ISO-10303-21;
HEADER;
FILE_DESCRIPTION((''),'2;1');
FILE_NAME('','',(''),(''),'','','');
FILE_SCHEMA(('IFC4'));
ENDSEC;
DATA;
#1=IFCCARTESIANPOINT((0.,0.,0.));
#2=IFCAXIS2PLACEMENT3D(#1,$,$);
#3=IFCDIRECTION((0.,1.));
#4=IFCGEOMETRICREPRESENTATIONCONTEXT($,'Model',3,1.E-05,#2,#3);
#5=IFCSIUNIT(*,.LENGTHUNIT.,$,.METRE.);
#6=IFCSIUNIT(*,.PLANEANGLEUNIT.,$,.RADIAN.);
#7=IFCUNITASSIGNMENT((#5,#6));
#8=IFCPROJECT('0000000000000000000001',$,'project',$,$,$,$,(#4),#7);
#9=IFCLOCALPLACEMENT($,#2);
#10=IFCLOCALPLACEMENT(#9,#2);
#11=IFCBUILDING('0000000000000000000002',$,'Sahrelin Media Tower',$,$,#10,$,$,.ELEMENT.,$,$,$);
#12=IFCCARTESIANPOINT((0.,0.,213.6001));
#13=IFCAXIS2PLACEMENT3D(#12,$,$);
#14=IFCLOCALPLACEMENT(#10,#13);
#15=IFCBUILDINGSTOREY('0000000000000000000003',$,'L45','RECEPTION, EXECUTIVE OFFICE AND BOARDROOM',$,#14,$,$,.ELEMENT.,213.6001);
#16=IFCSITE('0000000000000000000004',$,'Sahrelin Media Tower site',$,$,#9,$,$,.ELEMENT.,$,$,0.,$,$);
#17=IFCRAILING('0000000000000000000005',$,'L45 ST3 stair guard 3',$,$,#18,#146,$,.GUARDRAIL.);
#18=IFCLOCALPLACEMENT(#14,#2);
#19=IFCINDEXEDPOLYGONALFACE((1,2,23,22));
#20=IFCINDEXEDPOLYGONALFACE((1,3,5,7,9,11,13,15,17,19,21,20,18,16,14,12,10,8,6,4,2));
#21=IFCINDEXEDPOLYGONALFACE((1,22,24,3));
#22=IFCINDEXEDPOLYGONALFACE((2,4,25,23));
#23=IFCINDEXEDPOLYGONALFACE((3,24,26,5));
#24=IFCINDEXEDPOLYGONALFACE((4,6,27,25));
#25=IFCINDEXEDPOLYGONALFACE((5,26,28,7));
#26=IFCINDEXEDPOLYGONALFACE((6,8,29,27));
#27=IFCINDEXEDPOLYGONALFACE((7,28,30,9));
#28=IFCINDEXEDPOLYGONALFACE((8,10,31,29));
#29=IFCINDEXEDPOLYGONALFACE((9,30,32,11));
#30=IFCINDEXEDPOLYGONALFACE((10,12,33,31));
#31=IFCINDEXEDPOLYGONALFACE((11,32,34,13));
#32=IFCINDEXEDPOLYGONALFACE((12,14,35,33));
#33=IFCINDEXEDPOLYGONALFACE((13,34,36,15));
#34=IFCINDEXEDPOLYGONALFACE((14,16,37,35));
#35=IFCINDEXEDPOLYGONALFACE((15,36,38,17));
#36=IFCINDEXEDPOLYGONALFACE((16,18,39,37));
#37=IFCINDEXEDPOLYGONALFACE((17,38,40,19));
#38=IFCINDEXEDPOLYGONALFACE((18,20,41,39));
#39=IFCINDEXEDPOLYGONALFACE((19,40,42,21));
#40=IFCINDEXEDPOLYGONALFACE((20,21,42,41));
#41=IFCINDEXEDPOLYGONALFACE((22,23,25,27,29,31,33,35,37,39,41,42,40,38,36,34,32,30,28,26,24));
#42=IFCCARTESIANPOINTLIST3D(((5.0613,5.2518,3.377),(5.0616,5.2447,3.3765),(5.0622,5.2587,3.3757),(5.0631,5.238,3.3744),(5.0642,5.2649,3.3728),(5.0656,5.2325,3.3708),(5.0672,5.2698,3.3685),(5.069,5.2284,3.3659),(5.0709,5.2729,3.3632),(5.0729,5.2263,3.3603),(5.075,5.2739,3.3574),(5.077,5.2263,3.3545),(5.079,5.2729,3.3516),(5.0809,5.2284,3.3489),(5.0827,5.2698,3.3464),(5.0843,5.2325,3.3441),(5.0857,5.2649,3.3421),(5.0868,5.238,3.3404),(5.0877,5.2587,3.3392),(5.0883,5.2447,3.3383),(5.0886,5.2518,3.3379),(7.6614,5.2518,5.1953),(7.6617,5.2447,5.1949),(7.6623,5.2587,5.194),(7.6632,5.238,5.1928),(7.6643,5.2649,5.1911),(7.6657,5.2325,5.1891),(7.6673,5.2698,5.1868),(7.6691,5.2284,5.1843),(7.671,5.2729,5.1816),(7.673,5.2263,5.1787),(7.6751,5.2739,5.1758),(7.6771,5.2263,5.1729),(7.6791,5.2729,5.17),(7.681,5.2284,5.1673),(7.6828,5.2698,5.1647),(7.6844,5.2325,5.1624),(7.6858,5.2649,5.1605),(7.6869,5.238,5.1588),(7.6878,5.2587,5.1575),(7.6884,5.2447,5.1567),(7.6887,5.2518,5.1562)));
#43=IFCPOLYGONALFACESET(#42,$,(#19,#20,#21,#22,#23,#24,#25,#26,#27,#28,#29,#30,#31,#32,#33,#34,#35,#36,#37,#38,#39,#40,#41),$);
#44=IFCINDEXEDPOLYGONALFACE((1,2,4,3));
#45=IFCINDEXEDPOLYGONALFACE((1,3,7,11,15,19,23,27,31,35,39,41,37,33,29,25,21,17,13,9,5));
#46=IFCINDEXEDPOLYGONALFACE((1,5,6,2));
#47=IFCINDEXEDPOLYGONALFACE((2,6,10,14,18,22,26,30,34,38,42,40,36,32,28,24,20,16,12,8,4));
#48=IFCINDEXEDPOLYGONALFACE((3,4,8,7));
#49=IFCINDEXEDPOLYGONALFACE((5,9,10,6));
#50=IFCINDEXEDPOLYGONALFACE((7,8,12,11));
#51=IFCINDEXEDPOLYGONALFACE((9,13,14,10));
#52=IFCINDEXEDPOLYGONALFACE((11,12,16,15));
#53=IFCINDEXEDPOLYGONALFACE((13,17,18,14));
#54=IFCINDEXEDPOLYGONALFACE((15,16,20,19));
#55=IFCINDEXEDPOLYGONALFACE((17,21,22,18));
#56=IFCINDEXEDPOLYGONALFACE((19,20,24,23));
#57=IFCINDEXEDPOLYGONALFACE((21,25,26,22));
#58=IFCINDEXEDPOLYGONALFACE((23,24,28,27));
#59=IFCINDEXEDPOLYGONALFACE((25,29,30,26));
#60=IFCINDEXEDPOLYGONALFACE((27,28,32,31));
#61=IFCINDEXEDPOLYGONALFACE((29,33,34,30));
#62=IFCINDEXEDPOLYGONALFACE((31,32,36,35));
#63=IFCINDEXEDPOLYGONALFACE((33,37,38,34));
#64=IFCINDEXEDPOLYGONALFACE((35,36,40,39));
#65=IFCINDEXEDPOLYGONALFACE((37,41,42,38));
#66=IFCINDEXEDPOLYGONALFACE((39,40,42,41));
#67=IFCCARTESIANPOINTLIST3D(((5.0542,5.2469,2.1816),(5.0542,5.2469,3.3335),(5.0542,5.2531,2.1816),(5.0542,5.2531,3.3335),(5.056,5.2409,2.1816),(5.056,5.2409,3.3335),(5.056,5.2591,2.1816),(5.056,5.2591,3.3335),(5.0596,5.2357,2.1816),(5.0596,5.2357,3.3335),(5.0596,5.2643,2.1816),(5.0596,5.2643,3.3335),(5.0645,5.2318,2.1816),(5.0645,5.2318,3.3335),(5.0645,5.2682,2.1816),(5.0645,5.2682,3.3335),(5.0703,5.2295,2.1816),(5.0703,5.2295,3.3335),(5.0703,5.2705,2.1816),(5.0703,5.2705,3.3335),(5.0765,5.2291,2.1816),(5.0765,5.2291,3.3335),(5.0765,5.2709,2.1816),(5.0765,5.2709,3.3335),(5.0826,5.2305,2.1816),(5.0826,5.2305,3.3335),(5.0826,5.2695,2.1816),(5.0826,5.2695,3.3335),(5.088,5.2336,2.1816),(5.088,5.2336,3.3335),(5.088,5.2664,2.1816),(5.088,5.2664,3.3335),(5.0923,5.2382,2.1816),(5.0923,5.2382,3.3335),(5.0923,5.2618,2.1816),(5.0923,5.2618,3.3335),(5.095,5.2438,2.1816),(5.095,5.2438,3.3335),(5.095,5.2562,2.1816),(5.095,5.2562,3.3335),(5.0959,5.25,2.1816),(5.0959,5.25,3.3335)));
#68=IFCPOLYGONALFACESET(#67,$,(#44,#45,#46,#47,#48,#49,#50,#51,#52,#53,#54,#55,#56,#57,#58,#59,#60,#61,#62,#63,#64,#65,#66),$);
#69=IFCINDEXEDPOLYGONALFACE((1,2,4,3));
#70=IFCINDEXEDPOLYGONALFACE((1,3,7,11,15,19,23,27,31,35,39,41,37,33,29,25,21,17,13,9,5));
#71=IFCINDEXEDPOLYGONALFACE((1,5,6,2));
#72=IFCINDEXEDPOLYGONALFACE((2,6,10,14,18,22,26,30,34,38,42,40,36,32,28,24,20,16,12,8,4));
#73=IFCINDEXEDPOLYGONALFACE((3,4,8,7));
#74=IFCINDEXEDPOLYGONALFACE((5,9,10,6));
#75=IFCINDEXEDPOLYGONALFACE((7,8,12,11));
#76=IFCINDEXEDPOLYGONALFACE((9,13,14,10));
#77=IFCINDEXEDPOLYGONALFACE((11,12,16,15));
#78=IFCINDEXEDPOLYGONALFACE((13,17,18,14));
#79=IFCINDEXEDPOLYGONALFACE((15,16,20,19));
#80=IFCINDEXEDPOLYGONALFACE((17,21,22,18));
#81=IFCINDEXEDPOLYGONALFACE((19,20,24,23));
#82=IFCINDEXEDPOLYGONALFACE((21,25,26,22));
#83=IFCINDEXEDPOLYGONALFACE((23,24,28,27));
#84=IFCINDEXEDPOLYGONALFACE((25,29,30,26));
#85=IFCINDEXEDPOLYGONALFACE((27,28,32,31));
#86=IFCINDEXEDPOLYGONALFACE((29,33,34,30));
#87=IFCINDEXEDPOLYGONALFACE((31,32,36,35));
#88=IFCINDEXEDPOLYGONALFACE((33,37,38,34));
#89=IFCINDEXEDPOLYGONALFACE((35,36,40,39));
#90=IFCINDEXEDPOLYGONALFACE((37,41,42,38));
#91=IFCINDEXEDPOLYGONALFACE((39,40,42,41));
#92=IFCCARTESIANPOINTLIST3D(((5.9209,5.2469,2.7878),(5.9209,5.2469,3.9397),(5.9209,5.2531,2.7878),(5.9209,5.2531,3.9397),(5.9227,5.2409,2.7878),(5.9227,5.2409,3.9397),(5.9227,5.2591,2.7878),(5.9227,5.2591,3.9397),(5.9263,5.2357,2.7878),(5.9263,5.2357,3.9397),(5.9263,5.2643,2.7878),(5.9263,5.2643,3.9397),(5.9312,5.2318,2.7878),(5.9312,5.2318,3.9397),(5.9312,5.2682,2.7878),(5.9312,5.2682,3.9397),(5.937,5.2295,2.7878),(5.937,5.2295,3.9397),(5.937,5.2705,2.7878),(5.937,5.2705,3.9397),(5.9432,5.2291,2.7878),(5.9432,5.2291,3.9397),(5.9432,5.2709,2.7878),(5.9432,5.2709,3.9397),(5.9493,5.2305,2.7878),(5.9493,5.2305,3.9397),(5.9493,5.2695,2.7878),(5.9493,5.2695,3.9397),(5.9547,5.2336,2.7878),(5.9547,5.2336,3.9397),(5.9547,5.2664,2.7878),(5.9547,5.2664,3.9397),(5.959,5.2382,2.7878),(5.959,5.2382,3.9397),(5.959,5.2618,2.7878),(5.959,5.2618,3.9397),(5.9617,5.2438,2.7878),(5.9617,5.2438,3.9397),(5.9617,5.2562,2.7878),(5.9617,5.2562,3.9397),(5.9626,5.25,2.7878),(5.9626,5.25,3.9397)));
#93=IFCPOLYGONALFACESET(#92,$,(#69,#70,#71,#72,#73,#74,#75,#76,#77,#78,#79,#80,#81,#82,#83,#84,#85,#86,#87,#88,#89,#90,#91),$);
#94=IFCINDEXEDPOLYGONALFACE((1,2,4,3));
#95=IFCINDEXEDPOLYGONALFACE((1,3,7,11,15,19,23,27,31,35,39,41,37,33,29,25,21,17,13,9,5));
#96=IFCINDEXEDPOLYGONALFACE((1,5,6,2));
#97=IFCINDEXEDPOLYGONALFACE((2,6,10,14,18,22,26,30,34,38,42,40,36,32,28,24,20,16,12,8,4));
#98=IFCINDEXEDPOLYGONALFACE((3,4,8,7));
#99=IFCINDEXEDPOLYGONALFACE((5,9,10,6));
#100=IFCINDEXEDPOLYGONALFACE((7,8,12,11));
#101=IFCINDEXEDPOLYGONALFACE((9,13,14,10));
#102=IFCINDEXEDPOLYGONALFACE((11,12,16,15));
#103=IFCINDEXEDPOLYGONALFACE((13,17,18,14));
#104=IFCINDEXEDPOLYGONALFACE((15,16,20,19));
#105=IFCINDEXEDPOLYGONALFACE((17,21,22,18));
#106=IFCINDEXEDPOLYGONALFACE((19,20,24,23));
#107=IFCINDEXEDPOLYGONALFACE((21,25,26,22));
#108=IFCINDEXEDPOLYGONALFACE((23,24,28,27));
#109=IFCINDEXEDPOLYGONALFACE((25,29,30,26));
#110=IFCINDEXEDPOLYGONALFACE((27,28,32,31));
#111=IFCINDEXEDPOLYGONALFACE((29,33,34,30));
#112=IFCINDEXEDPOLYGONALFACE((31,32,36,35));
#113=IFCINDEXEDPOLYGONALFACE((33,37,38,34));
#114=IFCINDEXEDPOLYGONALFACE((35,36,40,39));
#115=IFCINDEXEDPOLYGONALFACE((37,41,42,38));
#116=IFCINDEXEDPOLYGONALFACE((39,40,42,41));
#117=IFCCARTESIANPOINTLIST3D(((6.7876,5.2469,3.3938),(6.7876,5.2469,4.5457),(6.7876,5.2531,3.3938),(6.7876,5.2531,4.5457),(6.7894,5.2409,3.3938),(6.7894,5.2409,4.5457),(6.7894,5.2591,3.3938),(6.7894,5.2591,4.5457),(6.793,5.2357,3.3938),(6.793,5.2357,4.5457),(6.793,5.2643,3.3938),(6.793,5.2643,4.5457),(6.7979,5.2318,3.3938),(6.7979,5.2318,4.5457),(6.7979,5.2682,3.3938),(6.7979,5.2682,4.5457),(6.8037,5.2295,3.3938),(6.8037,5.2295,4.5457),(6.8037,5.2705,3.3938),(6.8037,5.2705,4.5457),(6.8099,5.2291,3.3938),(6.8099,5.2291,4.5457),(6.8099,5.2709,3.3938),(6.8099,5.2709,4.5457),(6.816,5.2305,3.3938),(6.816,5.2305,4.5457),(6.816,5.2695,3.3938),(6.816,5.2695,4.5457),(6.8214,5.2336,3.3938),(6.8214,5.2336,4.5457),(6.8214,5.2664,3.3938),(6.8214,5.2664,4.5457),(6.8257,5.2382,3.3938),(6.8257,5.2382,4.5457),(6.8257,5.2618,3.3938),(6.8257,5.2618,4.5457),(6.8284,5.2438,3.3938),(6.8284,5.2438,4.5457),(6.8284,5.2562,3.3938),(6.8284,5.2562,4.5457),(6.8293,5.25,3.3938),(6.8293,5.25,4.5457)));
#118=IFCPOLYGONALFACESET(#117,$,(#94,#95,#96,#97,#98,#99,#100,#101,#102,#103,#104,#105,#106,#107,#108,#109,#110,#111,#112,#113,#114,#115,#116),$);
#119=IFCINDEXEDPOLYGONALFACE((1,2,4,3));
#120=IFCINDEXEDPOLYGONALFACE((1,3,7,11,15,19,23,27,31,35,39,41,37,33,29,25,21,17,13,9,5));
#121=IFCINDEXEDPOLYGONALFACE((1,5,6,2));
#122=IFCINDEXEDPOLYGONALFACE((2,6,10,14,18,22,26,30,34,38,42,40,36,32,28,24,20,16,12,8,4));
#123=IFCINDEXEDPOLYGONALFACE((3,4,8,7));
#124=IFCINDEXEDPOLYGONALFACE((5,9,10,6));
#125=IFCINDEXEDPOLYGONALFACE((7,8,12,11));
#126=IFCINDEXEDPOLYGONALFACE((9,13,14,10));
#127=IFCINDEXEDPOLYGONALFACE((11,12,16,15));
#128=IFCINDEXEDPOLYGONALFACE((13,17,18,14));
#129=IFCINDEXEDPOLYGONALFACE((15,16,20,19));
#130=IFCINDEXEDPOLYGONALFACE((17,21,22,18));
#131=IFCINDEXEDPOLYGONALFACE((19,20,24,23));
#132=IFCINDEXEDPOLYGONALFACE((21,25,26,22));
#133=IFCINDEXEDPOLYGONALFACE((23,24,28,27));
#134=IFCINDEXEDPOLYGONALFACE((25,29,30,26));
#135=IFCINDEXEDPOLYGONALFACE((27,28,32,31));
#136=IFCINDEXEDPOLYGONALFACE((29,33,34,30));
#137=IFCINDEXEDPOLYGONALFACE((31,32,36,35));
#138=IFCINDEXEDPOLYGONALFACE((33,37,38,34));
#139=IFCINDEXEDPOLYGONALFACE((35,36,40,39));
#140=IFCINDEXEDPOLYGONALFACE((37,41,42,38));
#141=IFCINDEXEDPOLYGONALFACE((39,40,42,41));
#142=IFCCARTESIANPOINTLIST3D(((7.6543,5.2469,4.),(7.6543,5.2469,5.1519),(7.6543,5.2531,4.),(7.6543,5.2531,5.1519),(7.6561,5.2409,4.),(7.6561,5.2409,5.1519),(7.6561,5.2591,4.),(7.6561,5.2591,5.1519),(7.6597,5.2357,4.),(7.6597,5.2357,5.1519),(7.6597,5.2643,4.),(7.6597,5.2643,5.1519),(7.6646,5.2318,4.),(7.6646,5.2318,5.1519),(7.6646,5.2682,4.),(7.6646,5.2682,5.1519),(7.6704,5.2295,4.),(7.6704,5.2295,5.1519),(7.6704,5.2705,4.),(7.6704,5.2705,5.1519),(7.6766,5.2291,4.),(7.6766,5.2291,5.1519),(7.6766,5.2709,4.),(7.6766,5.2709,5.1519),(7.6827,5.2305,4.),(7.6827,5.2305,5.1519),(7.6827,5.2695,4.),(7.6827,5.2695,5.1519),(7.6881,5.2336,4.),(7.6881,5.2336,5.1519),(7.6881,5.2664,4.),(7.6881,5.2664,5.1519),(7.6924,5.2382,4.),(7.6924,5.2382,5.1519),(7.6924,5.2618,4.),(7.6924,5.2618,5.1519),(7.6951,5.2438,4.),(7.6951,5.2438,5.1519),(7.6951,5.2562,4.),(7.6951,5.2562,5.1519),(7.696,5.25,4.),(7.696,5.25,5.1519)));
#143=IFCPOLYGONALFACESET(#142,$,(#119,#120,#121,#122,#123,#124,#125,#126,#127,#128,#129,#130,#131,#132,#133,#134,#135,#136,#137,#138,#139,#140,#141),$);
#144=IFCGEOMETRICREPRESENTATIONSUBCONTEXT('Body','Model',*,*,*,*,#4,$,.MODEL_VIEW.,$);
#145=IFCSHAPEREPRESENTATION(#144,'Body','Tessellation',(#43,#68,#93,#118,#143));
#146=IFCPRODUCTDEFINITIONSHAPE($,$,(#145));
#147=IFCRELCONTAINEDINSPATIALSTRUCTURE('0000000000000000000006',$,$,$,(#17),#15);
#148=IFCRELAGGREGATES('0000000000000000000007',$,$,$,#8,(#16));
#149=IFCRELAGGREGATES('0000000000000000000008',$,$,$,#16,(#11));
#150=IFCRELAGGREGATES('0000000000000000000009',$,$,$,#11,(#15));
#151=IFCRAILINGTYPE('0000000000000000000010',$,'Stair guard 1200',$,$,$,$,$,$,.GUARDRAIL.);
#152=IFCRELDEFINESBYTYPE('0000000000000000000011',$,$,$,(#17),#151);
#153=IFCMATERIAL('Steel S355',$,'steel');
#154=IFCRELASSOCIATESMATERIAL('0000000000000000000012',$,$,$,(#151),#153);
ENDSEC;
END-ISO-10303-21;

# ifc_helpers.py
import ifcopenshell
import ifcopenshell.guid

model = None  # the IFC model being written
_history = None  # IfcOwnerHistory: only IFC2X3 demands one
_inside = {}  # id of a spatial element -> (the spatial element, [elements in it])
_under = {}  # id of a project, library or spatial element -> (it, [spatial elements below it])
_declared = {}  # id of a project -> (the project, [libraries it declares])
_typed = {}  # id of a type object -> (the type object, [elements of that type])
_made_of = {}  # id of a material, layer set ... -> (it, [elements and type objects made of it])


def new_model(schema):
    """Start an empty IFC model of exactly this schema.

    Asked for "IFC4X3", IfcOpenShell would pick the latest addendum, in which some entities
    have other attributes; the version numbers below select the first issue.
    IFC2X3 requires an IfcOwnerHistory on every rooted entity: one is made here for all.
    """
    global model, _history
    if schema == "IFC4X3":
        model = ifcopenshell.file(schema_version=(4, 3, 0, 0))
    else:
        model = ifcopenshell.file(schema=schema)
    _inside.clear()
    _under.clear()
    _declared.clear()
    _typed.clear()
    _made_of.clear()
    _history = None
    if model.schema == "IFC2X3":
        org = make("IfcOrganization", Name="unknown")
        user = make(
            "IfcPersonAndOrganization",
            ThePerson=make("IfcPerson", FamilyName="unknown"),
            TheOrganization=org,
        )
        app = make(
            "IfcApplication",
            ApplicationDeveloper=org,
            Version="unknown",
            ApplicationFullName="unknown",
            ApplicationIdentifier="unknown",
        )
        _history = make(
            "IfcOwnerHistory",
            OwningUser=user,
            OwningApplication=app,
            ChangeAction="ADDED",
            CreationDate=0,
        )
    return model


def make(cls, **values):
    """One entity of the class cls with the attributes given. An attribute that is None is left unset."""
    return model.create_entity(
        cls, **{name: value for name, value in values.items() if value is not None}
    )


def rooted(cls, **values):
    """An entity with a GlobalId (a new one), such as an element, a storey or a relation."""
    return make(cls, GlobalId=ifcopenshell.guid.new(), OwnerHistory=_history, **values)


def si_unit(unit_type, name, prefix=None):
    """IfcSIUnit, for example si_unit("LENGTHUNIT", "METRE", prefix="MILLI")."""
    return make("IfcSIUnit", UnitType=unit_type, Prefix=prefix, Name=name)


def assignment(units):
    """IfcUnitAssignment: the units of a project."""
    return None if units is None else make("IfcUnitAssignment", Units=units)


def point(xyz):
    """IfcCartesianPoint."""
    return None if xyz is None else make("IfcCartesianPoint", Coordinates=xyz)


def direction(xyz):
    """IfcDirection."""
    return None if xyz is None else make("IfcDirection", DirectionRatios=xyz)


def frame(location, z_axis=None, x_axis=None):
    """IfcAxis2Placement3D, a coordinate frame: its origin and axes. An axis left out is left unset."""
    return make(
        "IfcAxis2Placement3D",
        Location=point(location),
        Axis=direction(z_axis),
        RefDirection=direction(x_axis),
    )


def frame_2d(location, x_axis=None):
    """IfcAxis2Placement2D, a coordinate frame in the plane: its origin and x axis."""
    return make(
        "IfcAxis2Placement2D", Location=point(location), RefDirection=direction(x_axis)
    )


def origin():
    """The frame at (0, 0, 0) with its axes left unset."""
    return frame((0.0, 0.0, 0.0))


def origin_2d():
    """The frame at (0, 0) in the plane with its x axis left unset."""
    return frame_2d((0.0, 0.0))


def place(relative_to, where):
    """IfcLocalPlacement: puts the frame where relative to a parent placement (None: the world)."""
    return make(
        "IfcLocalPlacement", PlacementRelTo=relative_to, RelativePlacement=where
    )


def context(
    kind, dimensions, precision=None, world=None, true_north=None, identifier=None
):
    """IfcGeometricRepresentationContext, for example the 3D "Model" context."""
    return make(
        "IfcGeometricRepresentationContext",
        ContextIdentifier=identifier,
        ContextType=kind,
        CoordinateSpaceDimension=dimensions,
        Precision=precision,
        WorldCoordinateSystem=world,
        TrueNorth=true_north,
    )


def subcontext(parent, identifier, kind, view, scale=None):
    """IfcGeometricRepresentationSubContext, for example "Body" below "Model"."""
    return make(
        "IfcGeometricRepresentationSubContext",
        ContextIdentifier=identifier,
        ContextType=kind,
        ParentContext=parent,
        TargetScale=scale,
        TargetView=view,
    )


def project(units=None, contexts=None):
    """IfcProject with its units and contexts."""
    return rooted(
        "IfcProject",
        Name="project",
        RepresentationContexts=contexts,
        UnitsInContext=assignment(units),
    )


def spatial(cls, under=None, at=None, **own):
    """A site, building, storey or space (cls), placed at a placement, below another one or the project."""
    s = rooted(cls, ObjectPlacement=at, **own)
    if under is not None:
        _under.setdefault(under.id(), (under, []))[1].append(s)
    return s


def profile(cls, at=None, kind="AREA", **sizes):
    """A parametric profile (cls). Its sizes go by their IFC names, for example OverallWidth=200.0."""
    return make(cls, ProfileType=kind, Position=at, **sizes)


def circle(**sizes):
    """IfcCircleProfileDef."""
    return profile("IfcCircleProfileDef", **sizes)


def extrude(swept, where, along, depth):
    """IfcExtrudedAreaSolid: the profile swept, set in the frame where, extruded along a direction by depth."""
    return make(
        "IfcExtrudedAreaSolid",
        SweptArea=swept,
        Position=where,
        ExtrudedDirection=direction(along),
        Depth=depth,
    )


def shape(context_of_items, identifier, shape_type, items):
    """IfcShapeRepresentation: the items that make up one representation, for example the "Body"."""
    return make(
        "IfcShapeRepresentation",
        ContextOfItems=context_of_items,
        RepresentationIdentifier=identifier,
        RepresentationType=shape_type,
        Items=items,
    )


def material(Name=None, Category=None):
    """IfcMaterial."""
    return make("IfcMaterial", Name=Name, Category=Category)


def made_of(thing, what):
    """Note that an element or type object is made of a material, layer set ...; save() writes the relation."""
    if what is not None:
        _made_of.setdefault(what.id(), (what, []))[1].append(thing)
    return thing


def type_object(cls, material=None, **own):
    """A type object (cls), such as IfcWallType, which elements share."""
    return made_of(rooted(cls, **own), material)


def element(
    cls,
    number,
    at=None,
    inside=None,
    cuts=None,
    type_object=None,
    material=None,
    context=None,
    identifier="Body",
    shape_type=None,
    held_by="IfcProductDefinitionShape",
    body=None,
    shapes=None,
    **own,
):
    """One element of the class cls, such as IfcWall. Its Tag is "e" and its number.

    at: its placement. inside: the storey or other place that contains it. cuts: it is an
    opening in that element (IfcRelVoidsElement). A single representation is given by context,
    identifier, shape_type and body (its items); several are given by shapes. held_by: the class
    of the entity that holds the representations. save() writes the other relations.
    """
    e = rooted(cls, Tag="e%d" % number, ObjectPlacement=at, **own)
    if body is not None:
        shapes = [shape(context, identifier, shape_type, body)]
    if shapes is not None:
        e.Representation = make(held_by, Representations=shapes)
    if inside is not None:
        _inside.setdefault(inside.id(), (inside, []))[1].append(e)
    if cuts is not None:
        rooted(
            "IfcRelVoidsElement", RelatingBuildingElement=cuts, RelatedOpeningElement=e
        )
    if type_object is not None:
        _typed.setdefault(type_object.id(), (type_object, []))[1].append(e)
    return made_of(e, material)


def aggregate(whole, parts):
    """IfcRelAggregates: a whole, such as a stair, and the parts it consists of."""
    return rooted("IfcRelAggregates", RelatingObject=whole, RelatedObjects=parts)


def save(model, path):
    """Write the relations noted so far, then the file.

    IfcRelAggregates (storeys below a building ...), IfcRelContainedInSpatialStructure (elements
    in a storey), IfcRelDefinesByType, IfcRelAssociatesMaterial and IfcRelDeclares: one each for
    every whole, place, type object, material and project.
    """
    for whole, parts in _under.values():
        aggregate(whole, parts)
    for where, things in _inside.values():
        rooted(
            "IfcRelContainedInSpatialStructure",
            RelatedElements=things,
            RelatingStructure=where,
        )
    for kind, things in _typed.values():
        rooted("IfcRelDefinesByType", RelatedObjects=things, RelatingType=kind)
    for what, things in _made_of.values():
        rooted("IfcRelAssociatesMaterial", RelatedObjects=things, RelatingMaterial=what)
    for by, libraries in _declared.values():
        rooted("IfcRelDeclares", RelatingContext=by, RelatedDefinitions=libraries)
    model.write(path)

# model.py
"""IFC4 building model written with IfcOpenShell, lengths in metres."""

from ifc_helpers import new_model, si_unit, direction, frame, origin, origin_2d, place, context, subcontext, project, spatial, circle, extrude, material, type_object, element, save


model = new_model("IFC4")

# Units and contexts
model_context = context("Model", 3, precision=1e-05, world=origin(), true_north=direction((0.0, 1.0)))
body_context = subcontext(model_context, "Body", "Model", "MODEL_VIEW")
ifc_project = project(units=[si_unit("LENGTHUNIT", "METRE"), si_unit("PLANEANGLEUNIT", "RADIAN")], contexts=[model_context])

# Site, building, storey
site_placement = place(None, origin())
site = spatial("IfcSite", under=ifc_project, at=site_placement, Name="Sahrelin Media Tower site", CompositionType="ELEMENT", RefElevation=0.0)
building_placement = place(site_placement, origin())
building = spatial("IfcBuilding", under=site, at=building_placement, Name="Sahrelin Media Tower", CompositionType="ELEMENT")
storey_placement = place(building_placement, frame((0.0, 0.0, 213.6001)))
storey = spatial("IfcBuildingStorey", under=building, at=storey_placement, Name="L45", Description="RECEPTION, EXECUTIVE OFFICE AND BOARDROOM", CompositionType="ELEMENT", Elevation=213.6001)

# Shared definitions
ifc_material_1 = material(Name="Steel S355", Category="steel")

# Railing
railing_type_1 = type_object("IfcRailingType", Name="Stair guard 1200", PredefinedType="GUARDRAIL", material=ifc_material_1)
railing_1_placement = place(storey_placement, frame((5.075, 5.25, 2.1816)))
element("IfcRailing", 1, at=railing_1_placement, inside=storey, type_object=railing_type_1, Name="L45 ST3 stair guard 3", PredefinedType="GUARDRAIL", context=body_context, shape_type="SweptSolid", body=[
    extrude(circle(Radius=0.0239, at=origin_2d()), frame((0.0, 0.0, 1.1758), z_axis=(0.819485, 0.0, 0.573101), x_axis=(0.0, 1.0, 0.0)), (0.0, 0.0, 1.0), 3.1729),
    extrude(circle(Radius=0.021, at=origin_2d()), origin(), (0.0, 0.0, 1.0), 1.1519),
    extrude(circle(Radius=0.021, at=origin_2d()), frame((0.8667, 0.0, 0.6062)), (0.0, 0.0, 1.0), 1.1519),
    extrude(circle(Radius=0.021, at=origin_2d()), frame((1.7334, 0.0, 1.2122)), (0.0, 0.0, 1.0), 1.1519),
    extrude(circle(Radius=0.021, at=origin_2d()), frame((2.6001, 0.0, 1.8184)), (0.0, 0.0, 1.0), 1.1519),
])

save(model, "model.ifc")
